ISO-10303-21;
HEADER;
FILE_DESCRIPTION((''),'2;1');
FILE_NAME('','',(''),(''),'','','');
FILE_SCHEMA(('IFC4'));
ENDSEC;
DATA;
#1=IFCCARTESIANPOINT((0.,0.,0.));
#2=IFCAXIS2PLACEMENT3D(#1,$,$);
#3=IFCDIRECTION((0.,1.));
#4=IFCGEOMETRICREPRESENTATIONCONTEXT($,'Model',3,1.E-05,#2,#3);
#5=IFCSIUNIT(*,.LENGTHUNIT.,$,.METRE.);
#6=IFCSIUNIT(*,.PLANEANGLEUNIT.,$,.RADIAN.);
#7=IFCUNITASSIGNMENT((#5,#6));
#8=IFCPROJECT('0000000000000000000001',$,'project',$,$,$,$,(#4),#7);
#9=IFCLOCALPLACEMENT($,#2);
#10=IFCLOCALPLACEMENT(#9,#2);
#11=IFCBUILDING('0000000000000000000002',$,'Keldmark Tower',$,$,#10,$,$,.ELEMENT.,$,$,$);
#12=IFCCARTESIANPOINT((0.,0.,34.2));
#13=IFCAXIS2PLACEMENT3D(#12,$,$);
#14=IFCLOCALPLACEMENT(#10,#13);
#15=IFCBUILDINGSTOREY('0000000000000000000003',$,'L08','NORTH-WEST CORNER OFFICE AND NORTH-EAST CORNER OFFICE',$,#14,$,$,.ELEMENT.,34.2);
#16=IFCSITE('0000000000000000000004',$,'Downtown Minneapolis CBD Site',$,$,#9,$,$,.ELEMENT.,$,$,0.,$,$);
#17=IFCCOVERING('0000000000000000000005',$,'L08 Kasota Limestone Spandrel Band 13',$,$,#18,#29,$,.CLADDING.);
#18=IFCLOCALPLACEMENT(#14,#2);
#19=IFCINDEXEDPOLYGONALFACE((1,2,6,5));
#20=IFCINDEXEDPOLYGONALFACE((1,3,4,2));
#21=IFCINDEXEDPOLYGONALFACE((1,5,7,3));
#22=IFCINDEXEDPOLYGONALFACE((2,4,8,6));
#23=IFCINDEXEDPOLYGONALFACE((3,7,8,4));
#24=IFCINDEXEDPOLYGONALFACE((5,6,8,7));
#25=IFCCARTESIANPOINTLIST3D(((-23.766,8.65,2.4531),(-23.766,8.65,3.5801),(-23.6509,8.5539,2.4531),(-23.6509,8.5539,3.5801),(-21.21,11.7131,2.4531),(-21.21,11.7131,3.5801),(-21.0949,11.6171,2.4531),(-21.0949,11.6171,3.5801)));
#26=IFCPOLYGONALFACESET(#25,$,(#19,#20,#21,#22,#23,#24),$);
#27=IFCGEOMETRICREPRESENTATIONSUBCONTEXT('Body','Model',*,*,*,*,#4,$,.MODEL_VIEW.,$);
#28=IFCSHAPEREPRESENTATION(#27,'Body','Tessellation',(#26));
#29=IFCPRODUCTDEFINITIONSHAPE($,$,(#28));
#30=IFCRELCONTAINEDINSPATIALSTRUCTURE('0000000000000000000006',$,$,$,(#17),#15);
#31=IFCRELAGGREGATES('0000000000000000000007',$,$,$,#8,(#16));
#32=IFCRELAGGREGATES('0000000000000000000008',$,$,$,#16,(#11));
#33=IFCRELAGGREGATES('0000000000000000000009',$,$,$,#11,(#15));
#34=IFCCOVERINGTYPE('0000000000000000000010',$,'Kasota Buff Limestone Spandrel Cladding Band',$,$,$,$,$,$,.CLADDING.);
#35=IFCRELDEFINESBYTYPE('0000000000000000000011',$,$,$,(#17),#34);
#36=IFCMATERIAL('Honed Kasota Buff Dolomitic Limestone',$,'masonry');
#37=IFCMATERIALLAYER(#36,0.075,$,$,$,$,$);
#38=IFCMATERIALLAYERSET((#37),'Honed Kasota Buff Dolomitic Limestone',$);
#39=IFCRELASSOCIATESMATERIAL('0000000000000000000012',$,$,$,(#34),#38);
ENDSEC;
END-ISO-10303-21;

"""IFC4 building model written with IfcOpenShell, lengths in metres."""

from ifc_helpers import new_model, si_unit, direction, frame, origin, origin_2d, place, context, subcontext, project, spatial, rectangle, extrude, material, layer, layer_set, type_object, element, save


model = new_model("IFC4")

# Units and contexts
model_context = context("Model", 3, precision=1e-05, world=origin(), true_north=direction((0.0, 1.0)))
body_context = subcontext(model_context, "Body", "Model", "MODEL_VIEW")
ifc_project = project(units=[si_unit("LENGTHUNIT", "METRE"), si_unit("PLANEANGLEUNIT", "RADIAN")], contexts=[model_context])

# Site, building, storey
site_placement = place(None, origin())
site = spatial("IfcSite", under=ifc_project, at=site_placement, Name="Downtown Minneapolis CBD Site", CompositionType="ELEMENT", RefElevation=0.0)
building_placement = place(site_placement, origin())
building = spatial("IfcBuilding", under=site, at=building_placement, Name="Keldmark Tower", CompositionType="ELEMENT")
storey_placement = place(building_placement, frame((0.0, 0.0, 34.2)))
storey = spatial("IfcBuildingStorey", under=building, at=storey_placement, Name="L08", Description="NORTH-WEST CORNER OFFICE AND NORTH-EAST CORNER OFFICE", CompositionType="ELEMENT", Elevation=34.2)

# Covering
ifc_material_1 = material(Name="Honed Kasota Buff Dolomitic Limestone", Category="masonry")
ifc_layer_1 = layer(ifc_material_1, 0.075)
ifc_layer_set_1 = layer_set([ifc_layer_1], Name="Honed Kasota Buff Dolomitic Limestone")
covering_type = type_object("IfcCoveringType", Name="Kasota Buff Limestone Spandrel Cladding Band", PredefinedType="CLADDING", material=ifc_layer_set_1)
covering_placement = place(storey_placement, frame((-22.4304, 10.1335, 2.4531), z_axis=(0.0, 0.0, 1.0), x_axis=(-0.640686, -0.767803, 0.0)))
element("IfcCovering", 1, at=covering_placement, inside=storey, type_object=covering_type, Name="L08 Kasota Limestone Spandrel Band 13", PredefinedType="CLADDING", context=body_context, shape_type="SweptSolid", body=[
    extrude(rectangle(XDim=3.9895, YDim=0.1499, at=origin_2d()), origin(), (0.0, 0.0, 1.0), 1.127),
])

save(model, "model.ifc")
